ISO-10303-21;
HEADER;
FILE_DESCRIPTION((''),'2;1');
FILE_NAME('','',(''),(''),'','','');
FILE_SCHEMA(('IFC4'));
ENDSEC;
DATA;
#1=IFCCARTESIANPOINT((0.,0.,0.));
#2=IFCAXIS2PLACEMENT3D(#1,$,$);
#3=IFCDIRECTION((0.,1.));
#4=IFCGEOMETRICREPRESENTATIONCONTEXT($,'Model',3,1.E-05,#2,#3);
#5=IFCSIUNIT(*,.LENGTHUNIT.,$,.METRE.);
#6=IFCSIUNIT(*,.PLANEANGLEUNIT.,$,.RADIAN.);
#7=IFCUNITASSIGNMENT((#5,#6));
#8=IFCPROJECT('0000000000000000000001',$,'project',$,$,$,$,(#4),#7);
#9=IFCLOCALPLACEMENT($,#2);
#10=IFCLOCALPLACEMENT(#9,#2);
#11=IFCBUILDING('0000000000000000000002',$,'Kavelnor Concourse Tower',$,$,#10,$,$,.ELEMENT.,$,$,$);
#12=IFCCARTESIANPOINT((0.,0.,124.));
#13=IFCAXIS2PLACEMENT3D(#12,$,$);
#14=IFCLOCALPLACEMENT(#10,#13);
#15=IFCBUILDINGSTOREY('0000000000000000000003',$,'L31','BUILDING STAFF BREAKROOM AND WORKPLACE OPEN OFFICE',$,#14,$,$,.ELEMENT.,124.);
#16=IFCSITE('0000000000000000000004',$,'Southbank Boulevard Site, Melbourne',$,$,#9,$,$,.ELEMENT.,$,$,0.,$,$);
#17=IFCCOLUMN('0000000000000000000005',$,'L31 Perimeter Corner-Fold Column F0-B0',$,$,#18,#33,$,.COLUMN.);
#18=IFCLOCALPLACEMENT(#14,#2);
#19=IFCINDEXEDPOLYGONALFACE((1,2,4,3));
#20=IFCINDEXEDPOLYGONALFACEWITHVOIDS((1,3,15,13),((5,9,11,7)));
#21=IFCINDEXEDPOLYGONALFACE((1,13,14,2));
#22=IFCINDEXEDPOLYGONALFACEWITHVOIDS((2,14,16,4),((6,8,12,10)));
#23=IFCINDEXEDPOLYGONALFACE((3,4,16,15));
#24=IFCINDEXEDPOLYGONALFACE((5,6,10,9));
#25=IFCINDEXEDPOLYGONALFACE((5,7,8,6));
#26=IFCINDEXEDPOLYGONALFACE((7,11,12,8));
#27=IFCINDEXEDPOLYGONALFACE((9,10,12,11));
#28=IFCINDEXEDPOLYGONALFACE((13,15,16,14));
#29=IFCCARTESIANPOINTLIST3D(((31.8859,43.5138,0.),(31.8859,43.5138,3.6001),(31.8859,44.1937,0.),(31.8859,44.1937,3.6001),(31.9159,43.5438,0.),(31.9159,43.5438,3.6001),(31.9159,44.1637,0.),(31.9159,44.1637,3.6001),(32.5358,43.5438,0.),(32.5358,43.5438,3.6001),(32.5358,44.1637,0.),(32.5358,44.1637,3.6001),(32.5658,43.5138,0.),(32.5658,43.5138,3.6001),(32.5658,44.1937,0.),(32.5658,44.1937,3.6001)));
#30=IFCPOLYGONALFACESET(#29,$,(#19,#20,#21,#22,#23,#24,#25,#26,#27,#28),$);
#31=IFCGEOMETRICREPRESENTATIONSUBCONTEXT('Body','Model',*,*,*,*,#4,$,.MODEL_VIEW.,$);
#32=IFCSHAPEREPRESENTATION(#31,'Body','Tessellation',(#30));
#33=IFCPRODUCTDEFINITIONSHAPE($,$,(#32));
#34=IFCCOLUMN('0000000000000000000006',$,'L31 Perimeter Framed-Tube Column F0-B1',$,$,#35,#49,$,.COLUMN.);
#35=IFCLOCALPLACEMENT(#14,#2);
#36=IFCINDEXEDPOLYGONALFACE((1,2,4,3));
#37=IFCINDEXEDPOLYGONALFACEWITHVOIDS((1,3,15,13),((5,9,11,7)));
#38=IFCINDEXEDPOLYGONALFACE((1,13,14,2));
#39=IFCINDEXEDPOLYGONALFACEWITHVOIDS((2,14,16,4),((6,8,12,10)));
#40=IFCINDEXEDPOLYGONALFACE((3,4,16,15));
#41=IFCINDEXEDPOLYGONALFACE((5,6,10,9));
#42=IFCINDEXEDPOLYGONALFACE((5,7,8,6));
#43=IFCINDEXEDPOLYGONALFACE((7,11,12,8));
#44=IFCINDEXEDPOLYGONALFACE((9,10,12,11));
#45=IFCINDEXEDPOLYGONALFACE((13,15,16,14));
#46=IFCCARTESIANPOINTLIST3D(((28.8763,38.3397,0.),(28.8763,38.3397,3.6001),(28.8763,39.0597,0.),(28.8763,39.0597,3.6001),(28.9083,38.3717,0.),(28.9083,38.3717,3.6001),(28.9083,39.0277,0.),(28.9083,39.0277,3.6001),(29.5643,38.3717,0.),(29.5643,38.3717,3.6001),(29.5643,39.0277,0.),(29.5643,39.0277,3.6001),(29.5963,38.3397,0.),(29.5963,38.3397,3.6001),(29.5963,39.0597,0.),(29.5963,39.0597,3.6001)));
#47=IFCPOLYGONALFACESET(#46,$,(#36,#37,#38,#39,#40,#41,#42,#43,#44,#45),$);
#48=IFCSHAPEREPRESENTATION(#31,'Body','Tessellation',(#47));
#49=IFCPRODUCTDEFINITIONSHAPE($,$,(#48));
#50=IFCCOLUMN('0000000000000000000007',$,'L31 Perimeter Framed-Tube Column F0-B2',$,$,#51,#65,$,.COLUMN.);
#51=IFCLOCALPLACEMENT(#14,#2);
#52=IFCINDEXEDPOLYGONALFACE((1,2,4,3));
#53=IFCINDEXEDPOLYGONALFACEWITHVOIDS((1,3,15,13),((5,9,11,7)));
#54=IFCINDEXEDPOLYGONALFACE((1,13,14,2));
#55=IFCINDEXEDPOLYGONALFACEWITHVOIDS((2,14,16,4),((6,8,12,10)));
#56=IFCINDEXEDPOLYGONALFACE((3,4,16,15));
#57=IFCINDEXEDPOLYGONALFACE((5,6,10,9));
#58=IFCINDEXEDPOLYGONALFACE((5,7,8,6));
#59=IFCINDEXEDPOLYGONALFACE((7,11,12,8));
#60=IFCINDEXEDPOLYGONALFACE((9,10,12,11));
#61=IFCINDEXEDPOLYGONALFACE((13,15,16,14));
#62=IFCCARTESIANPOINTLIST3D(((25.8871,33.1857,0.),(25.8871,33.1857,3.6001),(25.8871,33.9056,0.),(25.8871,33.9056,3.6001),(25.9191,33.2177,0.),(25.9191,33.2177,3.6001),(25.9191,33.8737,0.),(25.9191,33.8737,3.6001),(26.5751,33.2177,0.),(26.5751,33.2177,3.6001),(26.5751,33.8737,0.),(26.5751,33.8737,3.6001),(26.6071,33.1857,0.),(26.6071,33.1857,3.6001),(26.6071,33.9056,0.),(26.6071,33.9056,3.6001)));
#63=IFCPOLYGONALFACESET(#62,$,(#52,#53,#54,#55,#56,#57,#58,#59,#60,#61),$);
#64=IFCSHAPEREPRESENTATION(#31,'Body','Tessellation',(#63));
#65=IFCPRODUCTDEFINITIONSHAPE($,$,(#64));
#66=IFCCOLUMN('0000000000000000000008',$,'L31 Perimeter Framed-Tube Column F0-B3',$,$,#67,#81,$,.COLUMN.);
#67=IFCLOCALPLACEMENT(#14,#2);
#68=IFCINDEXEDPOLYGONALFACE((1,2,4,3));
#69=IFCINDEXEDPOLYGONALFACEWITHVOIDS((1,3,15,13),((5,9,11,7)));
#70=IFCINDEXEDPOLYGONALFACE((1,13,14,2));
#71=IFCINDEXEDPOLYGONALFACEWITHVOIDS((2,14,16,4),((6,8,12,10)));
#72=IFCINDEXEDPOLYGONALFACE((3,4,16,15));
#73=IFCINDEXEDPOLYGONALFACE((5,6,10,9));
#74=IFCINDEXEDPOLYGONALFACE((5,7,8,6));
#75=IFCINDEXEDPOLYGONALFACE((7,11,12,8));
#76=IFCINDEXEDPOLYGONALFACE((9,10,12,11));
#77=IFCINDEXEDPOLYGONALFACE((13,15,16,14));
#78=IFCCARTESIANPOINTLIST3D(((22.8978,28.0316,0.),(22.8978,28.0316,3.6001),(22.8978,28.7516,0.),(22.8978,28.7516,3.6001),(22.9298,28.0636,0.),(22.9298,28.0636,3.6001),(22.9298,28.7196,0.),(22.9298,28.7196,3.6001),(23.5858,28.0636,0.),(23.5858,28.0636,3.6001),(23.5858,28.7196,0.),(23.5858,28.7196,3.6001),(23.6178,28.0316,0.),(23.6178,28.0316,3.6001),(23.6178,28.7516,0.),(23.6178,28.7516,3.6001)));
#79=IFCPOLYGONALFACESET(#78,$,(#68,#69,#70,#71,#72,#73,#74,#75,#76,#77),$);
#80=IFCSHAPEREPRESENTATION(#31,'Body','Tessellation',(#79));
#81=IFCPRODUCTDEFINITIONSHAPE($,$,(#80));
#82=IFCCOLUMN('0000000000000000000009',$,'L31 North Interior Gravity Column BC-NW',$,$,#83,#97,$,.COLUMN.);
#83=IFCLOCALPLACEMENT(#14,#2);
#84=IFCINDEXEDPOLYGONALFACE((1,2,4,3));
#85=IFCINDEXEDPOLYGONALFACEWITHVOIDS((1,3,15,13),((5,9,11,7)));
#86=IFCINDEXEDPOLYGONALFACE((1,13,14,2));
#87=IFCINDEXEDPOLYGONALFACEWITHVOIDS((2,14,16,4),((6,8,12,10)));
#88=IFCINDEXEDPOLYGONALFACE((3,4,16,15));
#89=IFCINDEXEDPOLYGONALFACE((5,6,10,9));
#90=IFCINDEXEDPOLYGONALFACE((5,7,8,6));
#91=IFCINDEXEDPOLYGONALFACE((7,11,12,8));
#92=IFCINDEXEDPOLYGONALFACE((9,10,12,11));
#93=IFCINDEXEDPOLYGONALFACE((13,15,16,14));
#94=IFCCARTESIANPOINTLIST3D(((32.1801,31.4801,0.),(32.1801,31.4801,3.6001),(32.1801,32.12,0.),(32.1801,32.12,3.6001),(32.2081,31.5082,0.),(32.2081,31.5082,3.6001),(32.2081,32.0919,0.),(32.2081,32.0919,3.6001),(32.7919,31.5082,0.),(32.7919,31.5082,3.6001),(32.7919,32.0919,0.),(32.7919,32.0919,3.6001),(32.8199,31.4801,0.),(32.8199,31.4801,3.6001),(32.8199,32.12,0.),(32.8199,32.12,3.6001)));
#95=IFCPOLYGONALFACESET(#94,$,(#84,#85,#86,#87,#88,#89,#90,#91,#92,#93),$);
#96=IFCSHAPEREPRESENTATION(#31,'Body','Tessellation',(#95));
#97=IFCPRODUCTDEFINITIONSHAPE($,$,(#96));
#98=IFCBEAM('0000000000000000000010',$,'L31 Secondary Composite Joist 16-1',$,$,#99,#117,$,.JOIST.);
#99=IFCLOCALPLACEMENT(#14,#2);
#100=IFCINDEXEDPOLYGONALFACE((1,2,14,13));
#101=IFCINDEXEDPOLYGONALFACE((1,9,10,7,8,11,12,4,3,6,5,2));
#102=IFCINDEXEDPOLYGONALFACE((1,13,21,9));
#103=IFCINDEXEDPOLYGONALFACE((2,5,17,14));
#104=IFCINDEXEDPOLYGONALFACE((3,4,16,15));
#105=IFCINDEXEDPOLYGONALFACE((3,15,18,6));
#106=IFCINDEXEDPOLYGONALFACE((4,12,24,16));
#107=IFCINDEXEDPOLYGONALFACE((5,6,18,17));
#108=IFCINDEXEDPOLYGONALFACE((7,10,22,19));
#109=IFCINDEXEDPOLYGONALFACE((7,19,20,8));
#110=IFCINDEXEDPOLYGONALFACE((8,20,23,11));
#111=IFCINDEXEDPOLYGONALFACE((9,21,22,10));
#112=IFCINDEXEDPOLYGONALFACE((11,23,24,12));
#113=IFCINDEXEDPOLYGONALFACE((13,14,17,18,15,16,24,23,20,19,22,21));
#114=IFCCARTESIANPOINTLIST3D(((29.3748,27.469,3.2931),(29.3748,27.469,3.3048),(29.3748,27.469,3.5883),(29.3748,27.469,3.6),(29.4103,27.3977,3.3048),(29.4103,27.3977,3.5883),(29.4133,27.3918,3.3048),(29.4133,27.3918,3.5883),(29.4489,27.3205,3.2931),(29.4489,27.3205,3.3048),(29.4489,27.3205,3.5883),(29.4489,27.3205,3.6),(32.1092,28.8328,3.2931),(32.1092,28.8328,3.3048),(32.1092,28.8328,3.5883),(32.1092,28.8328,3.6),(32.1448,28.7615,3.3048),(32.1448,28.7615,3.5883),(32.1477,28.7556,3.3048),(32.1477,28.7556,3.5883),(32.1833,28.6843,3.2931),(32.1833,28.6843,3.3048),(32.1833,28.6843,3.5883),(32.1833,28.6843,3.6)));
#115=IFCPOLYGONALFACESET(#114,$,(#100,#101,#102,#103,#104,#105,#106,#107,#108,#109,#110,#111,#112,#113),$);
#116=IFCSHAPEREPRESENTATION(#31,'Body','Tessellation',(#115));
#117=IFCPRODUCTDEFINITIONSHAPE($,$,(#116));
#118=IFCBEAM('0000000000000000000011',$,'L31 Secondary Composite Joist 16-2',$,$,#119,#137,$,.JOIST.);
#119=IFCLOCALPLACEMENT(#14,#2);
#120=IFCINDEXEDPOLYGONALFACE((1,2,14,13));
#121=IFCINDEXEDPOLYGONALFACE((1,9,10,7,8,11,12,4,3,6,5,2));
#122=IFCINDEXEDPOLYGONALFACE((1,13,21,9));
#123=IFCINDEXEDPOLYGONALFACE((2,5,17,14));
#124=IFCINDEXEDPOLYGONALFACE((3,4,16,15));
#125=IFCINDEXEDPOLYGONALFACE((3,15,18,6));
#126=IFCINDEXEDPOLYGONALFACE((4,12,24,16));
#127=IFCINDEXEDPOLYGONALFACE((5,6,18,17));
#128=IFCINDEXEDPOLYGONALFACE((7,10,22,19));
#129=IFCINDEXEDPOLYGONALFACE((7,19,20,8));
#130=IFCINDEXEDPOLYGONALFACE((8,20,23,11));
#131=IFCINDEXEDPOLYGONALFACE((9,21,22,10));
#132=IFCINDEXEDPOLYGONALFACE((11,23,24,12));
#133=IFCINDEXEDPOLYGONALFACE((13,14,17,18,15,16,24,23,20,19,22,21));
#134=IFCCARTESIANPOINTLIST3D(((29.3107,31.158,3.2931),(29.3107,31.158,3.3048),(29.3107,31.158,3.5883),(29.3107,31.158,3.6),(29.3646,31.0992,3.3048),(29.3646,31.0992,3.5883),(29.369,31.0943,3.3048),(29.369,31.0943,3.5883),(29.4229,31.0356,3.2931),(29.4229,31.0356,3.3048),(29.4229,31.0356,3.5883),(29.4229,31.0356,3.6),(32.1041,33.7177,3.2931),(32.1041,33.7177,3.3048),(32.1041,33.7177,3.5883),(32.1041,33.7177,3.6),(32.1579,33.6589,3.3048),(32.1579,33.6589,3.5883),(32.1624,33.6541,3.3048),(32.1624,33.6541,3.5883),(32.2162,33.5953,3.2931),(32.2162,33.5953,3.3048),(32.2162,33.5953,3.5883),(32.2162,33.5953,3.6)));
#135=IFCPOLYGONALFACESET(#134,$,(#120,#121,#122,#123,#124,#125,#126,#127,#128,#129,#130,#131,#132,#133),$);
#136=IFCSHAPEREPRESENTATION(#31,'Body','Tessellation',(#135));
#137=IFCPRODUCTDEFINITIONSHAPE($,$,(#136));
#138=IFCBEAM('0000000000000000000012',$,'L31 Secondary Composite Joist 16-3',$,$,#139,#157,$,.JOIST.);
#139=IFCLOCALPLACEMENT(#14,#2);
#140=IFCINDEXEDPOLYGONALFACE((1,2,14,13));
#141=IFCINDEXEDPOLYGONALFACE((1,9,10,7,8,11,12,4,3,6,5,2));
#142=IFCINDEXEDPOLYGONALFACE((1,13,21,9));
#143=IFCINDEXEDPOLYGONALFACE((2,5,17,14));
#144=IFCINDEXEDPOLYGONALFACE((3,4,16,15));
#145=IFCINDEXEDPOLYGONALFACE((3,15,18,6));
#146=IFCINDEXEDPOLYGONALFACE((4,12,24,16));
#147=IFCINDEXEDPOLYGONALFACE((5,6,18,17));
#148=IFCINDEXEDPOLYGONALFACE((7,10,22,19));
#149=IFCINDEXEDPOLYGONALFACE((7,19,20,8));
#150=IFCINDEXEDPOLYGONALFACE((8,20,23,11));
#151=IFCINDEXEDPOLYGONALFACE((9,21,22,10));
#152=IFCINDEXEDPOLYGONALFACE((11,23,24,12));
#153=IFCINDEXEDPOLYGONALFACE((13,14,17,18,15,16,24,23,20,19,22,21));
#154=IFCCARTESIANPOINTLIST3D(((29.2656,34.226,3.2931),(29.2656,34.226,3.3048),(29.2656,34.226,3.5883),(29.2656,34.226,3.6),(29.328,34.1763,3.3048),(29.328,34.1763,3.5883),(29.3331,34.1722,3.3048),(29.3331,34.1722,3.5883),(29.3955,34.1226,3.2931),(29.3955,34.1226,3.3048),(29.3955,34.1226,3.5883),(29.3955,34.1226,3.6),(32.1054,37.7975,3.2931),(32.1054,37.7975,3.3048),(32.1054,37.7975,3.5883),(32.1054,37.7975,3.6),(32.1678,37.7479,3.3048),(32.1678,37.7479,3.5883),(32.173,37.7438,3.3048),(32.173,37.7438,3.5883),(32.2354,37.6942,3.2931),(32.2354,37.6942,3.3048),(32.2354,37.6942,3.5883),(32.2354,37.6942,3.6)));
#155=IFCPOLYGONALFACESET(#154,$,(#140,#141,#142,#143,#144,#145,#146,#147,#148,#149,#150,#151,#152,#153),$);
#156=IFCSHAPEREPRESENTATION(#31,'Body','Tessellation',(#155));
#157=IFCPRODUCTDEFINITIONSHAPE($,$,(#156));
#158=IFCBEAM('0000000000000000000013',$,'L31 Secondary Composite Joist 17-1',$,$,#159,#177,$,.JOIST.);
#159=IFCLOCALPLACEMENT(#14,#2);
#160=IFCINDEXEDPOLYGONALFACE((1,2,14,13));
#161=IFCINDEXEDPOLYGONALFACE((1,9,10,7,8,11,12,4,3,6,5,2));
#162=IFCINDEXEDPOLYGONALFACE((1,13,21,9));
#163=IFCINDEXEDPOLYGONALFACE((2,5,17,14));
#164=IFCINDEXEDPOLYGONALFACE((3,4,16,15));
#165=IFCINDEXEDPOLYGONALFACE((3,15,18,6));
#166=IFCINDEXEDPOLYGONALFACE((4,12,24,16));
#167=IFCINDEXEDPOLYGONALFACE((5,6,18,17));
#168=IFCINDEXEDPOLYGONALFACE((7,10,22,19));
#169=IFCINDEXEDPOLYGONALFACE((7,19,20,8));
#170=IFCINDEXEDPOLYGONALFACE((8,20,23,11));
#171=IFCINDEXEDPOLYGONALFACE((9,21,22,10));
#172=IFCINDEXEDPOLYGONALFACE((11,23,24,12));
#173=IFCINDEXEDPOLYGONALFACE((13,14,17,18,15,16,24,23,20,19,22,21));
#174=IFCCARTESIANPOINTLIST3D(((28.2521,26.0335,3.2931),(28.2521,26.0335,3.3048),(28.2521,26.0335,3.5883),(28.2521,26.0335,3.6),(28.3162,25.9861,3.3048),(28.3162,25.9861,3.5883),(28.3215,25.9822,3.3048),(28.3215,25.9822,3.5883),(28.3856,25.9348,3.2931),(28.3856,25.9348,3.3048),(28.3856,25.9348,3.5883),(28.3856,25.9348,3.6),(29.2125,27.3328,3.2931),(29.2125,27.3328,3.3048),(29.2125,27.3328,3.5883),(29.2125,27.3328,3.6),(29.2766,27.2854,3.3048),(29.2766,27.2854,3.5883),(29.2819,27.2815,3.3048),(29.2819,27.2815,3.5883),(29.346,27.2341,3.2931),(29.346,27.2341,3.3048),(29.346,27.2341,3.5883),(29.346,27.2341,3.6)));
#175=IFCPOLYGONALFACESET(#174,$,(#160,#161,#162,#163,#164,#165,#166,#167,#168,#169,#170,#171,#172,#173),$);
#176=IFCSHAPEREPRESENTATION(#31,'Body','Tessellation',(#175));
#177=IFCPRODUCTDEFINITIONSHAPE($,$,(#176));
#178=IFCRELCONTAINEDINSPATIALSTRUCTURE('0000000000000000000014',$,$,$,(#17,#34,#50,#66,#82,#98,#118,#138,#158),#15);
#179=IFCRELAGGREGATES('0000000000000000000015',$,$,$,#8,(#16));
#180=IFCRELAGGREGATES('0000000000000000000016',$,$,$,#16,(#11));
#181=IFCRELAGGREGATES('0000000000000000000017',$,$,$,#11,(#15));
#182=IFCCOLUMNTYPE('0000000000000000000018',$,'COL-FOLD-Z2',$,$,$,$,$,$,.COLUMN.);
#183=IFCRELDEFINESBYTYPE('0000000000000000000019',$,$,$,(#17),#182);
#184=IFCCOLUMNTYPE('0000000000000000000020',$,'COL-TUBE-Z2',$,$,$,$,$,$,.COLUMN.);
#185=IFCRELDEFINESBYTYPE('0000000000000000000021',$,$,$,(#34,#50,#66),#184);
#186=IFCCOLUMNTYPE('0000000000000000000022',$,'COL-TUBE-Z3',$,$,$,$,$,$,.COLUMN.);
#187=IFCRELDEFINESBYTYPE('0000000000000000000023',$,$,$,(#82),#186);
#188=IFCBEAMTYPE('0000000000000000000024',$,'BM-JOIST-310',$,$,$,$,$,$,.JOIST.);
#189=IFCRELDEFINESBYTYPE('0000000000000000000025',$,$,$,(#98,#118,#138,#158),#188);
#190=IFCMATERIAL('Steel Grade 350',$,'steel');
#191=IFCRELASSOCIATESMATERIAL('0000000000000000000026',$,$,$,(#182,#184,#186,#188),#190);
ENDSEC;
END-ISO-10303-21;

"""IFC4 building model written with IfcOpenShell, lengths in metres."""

from ifc_helpers import new_model, si_unit, direction, frame, origin, origin_2d, place, context, subcontext, project, spatial, hollow_rectangle, i_section, extrude, material, material_profile, profile_set, type_object, element, save


model = new_model("IFC4")

# Units and contexts
model_context = context("Model", 3, precision=1e-05, world=origin(), true_north=direction((0.0, 1.0)))
body_context = subcontext(model_context, "Body", "Model", "MODEL_VIEW")
ifc_project = project(units=[si_unit("LENGTHUNIT", "METRE"), si_unit("PLANEANGLEUNIT", "RADIAN")], contexts=[model_context])

# Site, building, storey
site_placement = place(None, origin())
site = spatial("IfcSite", under=ifc_project, at=site_placement, Name="Southbank Boulevard Site, Melbourne", CompositionType="ELEMENT", RefElevation=0.0)
building_placement = place(site_placement, origin())
building = spatial("IfcBuilding", under=site, at=building_placement, Name="Kavelnor Concourse Tower", CompositionType="ELEMENT")
storey_placement = place(building_placement, frame((0.0, 0.0, 124.0)))
storey = spatial("IfcBuildingStorey", under=building, at=storey_placement, Name="L31", Description="BUILDING STAFF BREAKROOM AND WORKPLACE OPEN OFFICE", CompositionType="ELEMENT", Elevation=124.0)

# Columns
ifc_material_1 = material(Name="Steel Grade 350", Category="steel")
ifc_material_profile_1 = material_profile(ifc_material_1, hollow_rectangle(XDim=0.6799, YDim=0.6799, WallThickness=0.03, at=origin_2d()), Name="SHS 680x680x30")
ifc_profile_set_1 = profile_set([ifc_material_profile_1], Name="Steel Grade 350")
column_type_1 = type_object("IfcColumnType", Name="COL-FOLD-Z2", PredefinedType="COLUMN", material=ifc_profile_set_1)
column_1_placement = place(storey_placement, frame((32.2258, 43.8538, 0.0), z_axis=(0.0, 0.0, 1.0), x_axis=(1.0, 0.0, 0.0)))
element("IfcColumn", 1, at=column_1_placement, inside=storey, type_object=column_type_1, Name="L31 Perimeter Corner-Fold Column F0-B0", PredefinedType="COLUMN", context=body_context, shape_type="SweptSolid", body=[
    extrude(hollow_rectangle(XDim=0.6799, YDim=0.6799, WallThickness=0.03, at=origin_2d()), origin(), (0.0, 0.0, 1.0), 3.6001),
])
ifc_material_profile_2 = material_profile(ifc_material_1, hollow_rectangle(XDim=0.72, YDim=0.72, WallThickness=0.032, at=origin_2d()), Name="SHS 720x720x32")
ifc_profile_set_2 = profile_set([ifc_material_profile_2], Name="Steel Grade 350")
column_type_2 = type_object("IfcColumnType", Name="COL-TUBE-Z2", PredefinedType="COLUMN", material=ifc_profile_set_2)
for number, where, z_axis, x_axis, name in (
    (2, (29.2363, 38.6997, 0.0), (0.0, 0.0, 1.0), (1.0, 0.0, 0.0), "L31 Perimeter Framed-Tube Column F0-B1"),
    (3, (26.2471, 33.5457, 0.0), (0.0, 0.0, 1.0), (1.0, 0.0, 0.0), "L31 Perimeter Framed-Tube Column F0-B2"),
    (4, (23.2578, 28.3916, 0.0), (0.0, 0.0, 1.0), (1.0, 0.0, 0.0), "L31 Perimeter Framed-Tube Column F0-B3"),
):
    element("IfcColumn", number, at=place(storey_placement, frame(where, z_axis=z_axis, x_axis=x_axis)), inside=storey, type_object=column_type_2, Name=name, PredefinedType="COLUMN", context=body_context, shape_type="SweptSolid", body=[
        extrude(hollow_rectangle(XDim=0.72, YDim=0.72, WallThickness=0.032, at=origin_2d()), origin(), (0.0, 0.0, 1.0), 3.6001),
    ])
ifc_material_profile_3 = material_profile(ifc_material_1, hollow_rectangle(XDim=0.6399, YDim=0.6399, WallThickness=0.0281, at=origin_2d()), Name="SHS 640x640x28")
ifc_profile_set_3 = profile_set([ifc_material_profile_3], Name="Steel Grade 350")
column_type_3 = type_object("IfcColumnType", Name="COL-TUBE-Z3", PredefinedType="COLUMN", material=ifc_profile_set_3)
column_2_placement = place(storey_placement, frame((32.5, 31.8, 0.0), z_axis=(0.0, 0.0, 1.0), x_axis=(1.0, 0.0, 0.0)))
element("IfcColumn", 5, at=column_2_placement, inside=storey, type_object=column_type_3, Name="L31 North Interior Gravity Column BC-NW", PredefinedType="COLUMN", context=body_context, shape_type="SweptSolid", body=[
    extrude(hollow_rectangle(XDim=0.6399, YDim=0.6399, WallThickness=0.0281, at=origin_2d()), origin(), (0.0, 0.0, 1.0), 3.6001),
])

# Beams
ifc_material_profile_4 = material_profile(ifc_material_1, i_section(OverallWidth=0.166, OverallDepth=0.3069, WebThickness=0.0066, FlangeThickness=0.0117, at=origin_2d()), Name="310UB46")
ifc_profile_set_4 = profile_set([ifc_material_profile_4], Name="Steel Grade 350")
beam_type_1 = type_object("IfcBeamType", Name="BM-JOIST-310", PredefinedType="JOIST", material=ifc_profile_set_4)
beam_1_placement = place(storey_placement, frame((32.1462, 28.7585, 3.4465), z_axis=(-0.894874, -0.446318, 0.0), x_axis=(0.446318, -0.894874, 0.0)))
element("IfcBeam", 6, at=beam_1_placement, inside=storey, type_object=beam_type_1, Name="L31 Secondary Composite Joist 16-1", PredefinedType="JOIST", context=body_context, shape_type="SweptSolid", body=[
    extrude(i_section(OverallWidth=0.166, OverallDepth=0.3069, WebThickness=0.0066, FlangeThickness=0.0117, at=origin_2d()), origin(), (0.0, 0.0, 1.0), 3.0557),
])
beam_2_placement = place(storey_placement, frame((32.1602, 33.6565, 3.4465), z_axis=(-0.737266, -0.675602, 0.0), x_axis=(0.675602, -0.737266, 0.0)))
element("IfcBeam", 7, at=beam_2_placement, inside=storey, type_object=beam_type_1, Name="L31 Secondary Composite Joist 16-2", PredefinedType="JOIST", context=body_context, shape_type="SweptSolid", body=[
    extrude(i_section(OverallWidth=0.166, OverallDepth=0.3069, WebThickness=0.0066, FlangeThickness=0.0117, at=origin_2d()), origin(), (0.0, 0.0, 1.0), 3.7888),
])
beam_3_placement = place(storey_placement, frame((32.1704, 37.7458, 3.4465), z_axis=(-0.622369, -0.782724, 0.0), x_axis=(0.782724, -0.622369, 0.0)))
element("IfcBeam", 8, at=beam_3_placement, inside=storey, type_object=beam_type_1, Name="L31 Secondary Composite Joist 16-3", PredefinedType="JOIST", context=body_context, shape_type="SweptSolid", body=[
    extrude(i_section(OverallWidth=0.166, OverallDepth=0.3069, WebThickness=0.0066, FlangeThickness=0.0117, at=origin_2d()), origin(), (0.0, 0.0, 1.0), 4.563),
])
beam_4_placement = place(storey_placement, frame((29.2793, 27.2834, 3.4465), z_axis=(-0.594425, -0.804151, 0.0), x_axis=(0.804151, -0.594425, 0.0)))
element("IfcBeam", 9, at=beam_4_placement, inside=storey, type_object=beam_type_1, Name="L31 Secondary Composite Joist 17-1", PredefinedType="JOIST", context=body_context, shape_type="SweptSolid", body=[
    extrude(i_section(OverallWidth=0.166, OverallDepth=0.3069, WebThickness=0.0066, FlangeThickness=0.0117, at=origin_2d()), origin(), (0.0, 0.0, 1.0), 1.6157),
])

save(model, "model.ifc")
